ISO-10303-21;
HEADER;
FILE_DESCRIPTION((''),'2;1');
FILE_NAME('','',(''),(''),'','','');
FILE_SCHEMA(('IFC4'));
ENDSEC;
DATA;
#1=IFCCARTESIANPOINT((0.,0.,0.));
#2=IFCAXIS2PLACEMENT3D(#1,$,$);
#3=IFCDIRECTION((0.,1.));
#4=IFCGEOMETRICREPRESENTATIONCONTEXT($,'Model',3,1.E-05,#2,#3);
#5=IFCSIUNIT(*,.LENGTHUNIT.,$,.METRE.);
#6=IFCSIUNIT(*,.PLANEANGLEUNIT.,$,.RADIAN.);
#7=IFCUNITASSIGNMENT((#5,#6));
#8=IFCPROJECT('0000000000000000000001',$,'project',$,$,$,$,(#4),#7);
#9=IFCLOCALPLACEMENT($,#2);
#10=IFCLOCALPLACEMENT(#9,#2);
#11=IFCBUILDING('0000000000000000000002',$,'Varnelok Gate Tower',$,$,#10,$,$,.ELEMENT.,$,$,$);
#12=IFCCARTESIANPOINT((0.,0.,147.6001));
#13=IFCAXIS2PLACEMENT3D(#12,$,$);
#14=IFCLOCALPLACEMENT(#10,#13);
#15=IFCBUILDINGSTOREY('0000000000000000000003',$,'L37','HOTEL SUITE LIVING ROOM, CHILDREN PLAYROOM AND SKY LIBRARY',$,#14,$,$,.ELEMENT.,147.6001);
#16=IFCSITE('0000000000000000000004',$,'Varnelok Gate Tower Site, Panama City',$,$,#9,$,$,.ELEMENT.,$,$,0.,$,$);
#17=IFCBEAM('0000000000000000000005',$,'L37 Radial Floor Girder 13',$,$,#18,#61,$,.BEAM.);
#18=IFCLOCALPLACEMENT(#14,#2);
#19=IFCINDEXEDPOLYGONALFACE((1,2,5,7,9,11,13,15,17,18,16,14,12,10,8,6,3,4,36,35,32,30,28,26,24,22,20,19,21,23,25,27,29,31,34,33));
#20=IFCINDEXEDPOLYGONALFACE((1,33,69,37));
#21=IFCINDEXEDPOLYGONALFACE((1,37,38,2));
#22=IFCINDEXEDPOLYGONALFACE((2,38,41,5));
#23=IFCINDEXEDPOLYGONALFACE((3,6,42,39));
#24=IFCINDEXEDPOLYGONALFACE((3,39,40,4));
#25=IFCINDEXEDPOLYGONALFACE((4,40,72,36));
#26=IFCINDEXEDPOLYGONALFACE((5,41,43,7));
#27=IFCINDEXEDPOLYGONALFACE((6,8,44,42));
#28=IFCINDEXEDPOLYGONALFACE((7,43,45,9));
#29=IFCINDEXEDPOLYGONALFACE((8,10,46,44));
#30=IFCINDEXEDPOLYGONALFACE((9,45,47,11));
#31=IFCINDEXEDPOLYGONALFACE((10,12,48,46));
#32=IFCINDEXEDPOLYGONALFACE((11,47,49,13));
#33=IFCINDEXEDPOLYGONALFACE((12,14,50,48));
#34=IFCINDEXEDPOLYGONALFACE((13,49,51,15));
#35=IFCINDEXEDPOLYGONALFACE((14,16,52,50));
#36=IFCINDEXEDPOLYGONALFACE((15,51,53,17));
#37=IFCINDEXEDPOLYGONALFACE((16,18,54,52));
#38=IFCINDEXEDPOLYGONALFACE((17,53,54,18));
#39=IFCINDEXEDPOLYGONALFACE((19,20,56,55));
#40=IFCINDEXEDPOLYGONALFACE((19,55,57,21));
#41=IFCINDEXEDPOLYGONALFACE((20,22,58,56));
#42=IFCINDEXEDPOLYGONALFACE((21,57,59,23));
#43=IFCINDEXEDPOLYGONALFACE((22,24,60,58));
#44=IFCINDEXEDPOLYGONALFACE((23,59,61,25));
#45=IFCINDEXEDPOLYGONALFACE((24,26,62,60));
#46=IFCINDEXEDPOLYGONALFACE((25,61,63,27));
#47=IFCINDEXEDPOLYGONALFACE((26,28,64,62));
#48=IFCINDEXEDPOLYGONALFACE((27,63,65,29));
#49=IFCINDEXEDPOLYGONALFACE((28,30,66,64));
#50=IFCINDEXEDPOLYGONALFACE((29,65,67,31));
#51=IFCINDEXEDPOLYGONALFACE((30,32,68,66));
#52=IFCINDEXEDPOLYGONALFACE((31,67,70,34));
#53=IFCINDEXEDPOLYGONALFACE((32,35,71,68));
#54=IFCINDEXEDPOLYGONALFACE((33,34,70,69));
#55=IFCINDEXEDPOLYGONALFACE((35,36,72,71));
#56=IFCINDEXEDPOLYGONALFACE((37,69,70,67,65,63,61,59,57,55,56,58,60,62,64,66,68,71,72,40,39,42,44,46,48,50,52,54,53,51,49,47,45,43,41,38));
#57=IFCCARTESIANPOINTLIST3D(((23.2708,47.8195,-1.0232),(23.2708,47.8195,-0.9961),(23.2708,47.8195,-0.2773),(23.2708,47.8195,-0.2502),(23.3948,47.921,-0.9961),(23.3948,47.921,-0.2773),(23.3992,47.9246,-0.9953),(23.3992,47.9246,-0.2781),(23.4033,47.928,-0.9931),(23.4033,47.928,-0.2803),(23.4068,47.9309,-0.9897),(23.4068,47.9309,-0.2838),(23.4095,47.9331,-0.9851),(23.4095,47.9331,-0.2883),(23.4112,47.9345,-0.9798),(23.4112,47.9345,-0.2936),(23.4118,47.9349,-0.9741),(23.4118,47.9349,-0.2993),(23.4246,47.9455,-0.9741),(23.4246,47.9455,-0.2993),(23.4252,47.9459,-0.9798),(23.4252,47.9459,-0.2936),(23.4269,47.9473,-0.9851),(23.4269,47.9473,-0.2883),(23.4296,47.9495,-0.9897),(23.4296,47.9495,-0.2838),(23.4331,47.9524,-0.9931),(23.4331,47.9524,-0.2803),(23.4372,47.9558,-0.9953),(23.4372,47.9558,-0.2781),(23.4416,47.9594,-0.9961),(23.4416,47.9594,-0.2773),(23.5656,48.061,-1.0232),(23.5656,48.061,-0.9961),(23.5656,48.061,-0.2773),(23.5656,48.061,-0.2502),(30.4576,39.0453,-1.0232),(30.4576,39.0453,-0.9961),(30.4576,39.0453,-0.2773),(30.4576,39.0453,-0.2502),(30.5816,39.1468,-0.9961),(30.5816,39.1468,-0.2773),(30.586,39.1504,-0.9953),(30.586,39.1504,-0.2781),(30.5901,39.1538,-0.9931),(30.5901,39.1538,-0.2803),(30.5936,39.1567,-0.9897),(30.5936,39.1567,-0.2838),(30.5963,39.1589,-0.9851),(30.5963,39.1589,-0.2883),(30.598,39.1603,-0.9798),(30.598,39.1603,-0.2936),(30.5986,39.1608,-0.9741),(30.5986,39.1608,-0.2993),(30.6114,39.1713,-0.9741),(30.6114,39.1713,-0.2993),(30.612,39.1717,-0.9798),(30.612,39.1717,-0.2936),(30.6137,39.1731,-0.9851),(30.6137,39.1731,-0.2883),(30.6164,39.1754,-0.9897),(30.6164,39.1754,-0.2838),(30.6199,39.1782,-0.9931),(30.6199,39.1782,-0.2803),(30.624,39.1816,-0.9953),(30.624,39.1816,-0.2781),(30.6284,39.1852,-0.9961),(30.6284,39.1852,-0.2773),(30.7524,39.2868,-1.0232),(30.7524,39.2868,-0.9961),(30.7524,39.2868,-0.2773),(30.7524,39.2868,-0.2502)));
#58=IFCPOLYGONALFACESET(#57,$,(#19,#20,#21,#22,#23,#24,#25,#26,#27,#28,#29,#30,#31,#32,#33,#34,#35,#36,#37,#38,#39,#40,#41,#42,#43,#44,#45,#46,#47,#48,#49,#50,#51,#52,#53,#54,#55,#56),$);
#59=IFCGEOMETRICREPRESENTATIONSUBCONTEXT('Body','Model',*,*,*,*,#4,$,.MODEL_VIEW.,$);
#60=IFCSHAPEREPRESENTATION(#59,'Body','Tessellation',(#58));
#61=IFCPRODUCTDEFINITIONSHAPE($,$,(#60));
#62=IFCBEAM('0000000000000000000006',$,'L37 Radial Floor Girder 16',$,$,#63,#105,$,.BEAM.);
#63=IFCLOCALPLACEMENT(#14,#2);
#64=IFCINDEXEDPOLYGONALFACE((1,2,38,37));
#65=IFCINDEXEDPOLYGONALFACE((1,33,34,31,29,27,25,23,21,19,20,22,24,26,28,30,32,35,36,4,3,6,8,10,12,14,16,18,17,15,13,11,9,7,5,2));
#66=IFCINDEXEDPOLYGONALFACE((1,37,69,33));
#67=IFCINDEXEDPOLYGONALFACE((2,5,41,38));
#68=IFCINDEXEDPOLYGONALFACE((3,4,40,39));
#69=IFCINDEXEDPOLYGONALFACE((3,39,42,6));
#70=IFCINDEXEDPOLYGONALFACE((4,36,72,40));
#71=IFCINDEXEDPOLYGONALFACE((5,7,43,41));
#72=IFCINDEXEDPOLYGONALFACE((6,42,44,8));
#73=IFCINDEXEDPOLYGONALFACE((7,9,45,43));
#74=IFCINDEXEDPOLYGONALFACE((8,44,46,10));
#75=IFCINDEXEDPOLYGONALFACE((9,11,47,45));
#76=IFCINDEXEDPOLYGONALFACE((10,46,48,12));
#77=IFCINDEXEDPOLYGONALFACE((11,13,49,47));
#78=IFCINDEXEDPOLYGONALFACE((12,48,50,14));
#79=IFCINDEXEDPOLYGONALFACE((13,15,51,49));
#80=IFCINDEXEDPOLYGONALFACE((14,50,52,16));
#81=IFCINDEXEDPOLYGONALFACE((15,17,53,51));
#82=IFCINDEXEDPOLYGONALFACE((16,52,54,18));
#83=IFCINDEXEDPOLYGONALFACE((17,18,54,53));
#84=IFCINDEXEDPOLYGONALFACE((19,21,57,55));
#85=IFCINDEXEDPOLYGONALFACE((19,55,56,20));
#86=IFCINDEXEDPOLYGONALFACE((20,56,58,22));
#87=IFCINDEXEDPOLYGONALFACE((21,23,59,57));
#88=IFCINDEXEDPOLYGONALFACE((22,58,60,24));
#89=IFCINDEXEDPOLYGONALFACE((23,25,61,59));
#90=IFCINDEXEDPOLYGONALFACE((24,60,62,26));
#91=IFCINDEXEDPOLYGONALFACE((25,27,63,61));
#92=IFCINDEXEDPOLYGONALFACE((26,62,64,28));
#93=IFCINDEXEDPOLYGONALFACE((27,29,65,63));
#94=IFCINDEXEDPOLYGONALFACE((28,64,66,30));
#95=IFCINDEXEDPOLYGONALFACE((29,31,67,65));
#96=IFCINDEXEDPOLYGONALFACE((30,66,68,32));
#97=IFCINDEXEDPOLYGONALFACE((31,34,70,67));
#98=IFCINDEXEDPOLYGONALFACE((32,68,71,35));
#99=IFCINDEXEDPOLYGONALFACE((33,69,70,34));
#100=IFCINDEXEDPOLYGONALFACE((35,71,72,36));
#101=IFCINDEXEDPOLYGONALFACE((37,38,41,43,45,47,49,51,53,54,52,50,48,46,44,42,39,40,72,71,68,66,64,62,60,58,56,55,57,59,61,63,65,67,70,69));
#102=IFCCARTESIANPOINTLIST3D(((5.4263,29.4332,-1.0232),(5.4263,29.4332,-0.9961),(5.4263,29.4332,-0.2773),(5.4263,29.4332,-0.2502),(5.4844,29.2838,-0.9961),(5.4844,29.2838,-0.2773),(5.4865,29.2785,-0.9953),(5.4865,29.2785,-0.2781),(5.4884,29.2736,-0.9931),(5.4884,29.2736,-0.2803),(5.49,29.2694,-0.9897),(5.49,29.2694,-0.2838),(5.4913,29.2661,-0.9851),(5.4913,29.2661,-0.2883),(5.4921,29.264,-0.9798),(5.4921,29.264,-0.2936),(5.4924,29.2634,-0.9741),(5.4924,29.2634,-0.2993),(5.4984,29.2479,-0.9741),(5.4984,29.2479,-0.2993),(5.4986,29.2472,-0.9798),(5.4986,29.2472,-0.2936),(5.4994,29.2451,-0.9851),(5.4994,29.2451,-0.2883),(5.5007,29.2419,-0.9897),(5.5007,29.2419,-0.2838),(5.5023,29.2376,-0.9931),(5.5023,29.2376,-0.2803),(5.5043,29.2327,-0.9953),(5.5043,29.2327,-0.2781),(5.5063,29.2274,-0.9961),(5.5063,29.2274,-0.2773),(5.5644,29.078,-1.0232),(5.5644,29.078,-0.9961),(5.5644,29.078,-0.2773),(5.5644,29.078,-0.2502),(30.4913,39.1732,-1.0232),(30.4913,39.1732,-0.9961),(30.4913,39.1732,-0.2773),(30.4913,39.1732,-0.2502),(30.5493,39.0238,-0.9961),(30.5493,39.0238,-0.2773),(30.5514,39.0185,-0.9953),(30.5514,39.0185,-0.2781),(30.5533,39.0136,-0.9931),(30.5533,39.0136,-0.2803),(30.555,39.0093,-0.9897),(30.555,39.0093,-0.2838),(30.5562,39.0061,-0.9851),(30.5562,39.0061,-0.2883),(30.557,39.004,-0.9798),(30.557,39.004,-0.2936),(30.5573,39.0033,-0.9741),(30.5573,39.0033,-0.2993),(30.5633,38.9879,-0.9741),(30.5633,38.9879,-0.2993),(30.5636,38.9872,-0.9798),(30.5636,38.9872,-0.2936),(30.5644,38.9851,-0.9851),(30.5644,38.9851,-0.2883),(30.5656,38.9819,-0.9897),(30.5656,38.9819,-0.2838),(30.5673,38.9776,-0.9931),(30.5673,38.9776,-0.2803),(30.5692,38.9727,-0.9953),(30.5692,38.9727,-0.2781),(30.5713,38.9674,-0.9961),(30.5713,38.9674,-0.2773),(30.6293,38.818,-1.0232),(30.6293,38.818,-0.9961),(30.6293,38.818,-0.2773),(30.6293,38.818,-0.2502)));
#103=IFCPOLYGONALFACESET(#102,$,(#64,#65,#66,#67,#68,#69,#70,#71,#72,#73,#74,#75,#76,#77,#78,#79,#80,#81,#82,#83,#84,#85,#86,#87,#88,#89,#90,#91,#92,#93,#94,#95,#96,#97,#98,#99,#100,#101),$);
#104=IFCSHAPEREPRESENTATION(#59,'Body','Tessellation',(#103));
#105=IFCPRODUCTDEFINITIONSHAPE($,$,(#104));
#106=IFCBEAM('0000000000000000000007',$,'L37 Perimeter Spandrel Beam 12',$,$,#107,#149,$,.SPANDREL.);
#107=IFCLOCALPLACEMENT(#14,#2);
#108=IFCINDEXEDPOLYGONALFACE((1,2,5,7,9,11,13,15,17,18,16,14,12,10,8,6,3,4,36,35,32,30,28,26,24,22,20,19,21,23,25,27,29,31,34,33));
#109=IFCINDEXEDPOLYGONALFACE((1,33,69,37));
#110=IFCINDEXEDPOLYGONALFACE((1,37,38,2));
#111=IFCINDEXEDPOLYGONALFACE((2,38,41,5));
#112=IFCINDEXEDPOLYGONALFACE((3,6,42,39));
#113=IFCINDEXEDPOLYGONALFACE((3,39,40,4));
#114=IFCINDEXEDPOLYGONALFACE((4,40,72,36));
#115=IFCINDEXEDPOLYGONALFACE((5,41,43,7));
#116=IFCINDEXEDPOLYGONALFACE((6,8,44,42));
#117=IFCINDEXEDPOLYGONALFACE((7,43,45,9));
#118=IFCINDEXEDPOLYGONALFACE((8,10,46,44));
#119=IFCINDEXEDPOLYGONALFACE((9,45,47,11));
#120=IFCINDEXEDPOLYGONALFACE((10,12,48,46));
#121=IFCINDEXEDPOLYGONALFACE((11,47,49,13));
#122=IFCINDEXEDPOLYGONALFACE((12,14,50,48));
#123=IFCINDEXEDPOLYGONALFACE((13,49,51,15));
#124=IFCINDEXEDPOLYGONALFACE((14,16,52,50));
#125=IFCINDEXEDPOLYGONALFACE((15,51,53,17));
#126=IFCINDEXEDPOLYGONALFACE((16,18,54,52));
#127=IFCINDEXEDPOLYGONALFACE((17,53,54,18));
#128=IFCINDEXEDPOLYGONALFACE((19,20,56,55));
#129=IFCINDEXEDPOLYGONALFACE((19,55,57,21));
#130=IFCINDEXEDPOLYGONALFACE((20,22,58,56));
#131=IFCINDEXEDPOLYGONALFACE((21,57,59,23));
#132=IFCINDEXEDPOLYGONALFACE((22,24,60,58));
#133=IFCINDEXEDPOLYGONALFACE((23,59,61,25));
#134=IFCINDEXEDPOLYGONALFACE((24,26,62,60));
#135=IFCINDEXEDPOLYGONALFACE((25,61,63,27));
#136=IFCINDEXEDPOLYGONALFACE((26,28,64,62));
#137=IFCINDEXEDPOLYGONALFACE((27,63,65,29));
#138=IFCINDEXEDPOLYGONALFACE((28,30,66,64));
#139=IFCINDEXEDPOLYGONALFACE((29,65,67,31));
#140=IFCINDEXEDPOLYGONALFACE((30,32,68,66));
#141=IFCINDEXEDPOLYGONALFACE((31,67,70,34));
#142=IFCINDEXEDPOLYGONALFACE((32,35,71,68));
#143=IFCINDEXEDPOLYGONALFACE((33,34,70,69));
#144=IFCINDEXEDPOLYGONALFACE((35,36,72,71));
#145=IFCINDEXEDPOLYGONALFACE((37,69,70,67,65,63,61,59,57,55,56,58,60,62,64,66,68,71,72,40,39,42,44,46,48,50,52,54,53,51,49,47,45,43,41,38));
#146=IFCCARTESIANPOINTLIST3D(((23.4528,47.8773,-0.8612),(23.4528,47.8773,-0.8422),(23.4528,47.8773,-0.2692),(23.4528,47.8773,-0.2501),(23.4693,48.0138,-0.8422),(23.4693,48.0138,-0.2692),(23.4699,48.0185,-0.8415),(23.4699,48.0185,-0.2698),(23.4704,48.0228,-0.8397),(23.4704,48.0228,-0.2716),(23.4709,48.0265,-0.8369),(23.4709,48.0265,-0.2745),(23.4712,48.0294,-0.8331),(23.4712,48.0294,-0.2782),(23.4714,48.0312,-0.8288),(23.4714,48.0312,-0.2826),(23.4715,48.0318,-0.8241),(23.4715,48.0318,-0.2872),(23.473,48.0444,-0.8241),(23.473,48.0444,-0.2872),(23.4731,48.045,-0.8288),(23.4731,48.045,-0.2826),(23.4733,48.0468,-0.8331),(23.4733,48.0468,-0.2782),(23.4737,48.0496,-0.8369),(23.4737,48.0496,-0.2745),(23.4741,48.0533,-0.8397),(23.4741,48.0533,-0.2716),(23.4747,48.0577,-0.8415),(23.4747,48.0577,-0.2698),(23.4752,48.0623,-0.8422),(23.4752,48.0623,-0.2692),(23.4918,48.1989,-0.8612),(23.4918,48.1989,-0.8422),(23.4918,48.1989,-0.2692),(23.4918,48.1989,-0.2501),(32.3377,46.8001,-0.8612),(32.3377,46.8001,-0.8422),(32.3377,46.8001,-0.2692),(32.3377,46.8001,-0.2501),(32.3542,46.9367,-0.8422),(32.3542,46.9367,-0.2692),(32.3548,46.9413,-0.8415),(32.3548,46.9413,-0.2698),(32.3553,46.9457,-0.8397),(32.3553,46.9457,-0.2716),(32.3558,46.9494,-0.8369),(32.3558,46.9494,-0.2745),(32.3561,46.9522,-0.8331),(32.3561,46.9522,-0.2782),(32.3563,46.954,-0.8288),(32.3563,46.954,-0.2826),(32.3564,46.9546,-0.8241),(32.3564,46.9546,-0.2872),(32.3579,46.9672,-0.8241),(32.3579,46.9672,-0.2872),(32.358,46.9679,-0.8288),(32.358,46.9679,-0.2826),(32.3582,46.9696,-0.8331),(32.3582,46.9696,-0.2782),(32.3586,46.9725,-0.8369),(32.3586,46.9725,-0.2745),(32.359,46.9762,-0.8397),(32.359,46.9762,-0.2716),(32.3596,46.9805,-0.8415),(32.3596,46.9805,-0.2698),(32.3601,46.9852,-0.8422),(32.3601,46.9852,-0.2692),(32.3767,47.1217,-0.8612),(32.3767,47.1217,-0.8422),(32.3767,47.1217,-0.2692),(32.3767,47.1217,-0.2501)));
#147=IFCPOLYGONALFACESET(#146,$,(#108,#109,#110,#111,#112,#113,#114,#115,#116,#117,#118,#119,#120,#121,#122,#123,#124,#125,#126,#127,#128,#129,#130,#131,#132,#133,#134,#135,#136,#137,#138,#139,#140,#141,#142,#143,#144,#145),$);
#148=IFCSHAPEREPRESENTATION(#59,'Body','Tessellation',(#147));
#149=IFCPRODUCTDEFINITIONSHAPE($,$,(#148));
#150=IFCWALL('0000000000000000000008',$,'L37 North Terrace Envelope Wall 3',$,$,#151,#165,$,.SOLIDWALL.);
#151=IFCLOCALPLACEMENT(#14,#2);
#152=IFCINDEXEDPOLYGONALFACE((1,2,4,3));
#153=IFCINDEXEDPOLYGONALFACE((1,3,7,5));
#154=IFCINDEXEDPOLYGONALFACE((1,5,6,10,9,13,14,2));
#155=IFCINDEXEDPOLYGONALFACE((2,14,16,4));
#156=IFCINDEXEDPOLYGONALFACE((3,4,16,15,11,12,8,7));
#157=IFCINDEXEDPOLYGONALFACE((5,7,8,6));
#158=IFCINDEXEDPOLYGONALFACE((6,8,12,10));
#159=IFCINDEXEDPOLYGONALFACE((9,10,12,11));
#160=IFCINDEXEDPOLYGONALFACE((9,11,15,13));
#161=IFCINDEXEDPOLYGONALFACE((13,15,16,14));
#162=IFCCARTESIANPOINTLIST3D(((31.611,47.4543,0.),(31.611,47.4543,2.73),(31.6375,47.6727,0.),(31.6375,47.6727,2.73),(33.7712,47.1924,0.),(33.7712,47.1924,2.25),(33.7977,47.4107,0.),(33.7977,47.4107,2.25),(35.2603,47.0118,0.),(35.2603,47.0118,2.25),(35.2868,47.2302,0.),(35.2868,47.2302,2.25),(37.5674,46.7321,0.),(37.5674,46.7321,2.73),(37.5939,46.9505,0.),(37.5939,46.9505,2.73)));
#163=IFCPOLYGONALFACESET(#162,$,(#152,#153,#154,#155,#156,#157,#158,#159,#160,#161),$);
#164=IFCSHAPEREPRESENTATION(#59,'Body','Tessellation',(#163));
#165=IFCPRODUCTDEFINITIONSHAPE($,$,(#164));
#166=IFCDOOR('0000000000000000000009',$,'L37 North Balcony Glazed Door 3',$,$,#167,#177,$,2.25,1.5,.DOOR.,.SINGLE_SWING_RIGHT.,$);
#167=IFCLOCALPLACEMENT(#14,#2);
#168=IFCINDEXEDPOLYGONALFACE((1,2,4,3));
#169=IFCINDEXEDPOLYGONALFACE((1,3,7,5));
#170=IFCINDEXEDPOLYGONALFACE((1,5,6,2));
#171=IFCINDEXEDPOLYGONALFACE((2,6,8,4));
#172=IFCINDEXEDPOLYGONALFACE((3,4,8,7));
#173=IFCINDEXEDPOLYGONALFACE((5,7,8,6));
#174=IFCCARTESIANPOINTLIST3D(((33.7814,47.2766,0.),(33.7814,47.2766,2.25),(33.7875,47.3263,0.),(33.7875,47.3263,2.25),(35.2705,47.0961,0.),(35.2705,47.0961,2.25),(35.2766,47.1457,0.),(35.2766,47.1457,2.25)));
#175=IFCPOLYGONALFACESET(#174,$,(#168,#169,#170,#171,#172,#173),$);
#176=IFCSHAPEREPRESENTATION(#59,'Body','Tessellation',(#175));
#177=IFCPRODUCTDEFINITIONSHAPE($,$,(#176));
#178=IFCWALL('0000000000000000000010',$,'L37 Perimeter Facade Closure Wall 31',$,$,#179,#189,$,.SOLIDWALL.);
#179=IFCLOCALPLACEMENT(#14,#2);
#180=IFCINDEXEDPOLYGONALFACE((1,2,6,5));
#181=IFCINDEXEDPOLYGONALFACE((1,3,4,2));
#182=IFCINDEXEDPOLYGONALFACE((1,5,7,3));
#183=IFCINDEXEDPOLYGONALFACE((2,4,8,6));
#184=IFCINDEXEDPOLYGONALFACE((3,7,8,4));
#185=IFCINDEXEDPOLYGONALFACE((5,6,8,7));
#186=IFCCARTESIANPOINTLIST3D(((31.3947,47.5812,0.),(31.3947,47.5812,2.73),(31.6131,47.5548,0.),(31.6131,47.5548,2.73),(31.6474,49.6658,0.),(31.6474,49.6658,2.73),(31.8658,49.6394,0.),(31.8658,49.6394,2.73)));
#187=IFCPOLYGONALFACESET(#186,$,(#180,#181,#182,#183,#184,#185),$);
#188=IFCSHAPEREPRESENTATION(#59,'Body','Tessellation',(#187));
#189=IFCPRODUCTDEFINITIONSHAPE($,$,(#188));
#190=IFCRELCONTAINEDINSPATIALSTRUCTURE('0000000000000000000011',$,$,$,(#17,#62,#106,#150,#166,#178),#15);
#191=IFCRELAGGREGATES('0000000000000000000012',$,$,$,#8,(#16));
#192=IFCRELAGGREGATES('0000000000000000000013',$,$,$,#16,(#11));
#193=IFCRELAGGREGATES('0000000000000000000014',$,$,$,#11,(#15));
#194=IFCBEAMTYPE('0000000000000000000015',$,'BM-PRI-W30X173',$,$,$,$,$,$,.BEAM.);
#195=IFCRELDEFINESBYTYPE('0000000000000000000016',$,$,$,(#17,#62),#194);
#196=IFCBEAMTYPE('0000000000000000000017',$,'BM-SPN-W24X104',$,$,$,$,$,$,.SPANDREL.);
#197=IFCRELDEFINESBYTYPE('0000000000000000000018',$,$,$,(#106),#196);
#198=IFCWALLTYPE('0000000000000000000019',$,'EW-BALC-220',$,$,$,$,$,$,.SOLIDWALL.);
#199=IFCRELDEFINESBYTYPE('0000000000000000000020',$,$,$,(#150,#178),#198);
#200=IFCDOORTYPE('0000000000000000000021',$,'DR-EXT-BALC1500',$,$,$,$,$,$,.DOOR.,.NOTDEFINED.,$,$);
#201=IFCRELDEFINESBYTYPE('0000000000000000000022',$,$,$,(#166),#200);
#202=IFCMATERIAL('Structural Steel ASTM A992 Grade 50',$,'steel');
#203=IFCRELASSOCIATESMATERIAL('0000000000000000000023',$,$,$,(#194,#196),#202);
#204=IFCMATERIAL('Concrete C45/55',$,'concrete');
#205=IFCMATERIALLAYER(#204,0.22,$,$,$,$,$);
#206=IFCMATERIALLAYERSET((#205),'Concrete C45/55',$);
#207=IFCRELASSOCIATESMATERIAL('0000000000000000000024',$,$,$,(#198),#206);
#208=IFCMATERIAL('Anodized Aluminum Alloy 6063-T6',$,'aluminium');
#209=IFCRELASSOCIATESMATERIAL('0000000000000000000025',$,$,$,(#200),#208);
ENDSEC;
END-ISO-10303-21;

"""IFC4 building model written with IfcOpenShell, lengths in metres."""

from ifc_helpers import new_model, si_unit, direction, frame, frame_2d, origin, origin_2d, place, context, subcontext, project, spatial, rectangle, i_section, extrude, material, layer, layer_set, material_profile, profile_set, type_object, element, fill, save


model = new_model("IFC4")

# Units and contexts
model_context = context("Model", 3, precision=1e-05, world=origin(), true_north=direction((0.0, 1.0)))
body_context = subcontext(model_context, "Body", "Model", "MODEL_VIEW")
ifc_project = project(units=[si_unit("LENGTHUNIT", "METRE"), si_unit("PLANEANGLEUNIT", "RADIAN")], contexts=[model_context])

# Site, building, storey
site_placement = place(None, origin())
site = spatial("IfcSite", under=ifc_project, at=site_placement, Name="Varnelok Gate Tower Site, Panama City", CompositionType="ELEMENT", RefElevation=0.0)
building_placement = place(site_placement, origin())
building = spatial("IfcBuilding", under=site, at=building_placement, Name="Varnelok Gate Tower", CompositionType="ELEMENT")
storey_placement = place(building_placement, frame((0.0, 0.0, 147.6001)))
storey = spatial("IfcBuildingStorey", under=building, at=storey_placement, Name="L37", Description="HOTEL SUITE LIVING ROOM, CHILDREN PLAYROOM AND SKY LIBRARY", CompositionType="ELEMENT", Elevation=147.6001)

# Shared definitions
ifc_material_1 = material(Name="Structural Steel ASTM A992 Grade 50", Category="steel")

# Beams
ifc_material_profile_1 = material_profile(ifc_material_1, i_section(OverallWidth=0.3811, OverallDepth=0.7729, WebThickness=0.0166, FlangeThickness=0.0271, FilletRadius=0.022, at=origin_2d()), Name="W30X173")
ifc_profile_set_1 = profile_set([ifc_material_profile_1], Name="Structural Steel ASTM A992 Grade 50")
beam_type_1 = type_object("IfcBeamType", Name="BM-PRI-W30X173", PredefinedType="BEAM", material=ifc_profile_set_1)
beam_1_placement = place(storey_placement, frame((30.605, 39.166, -0.6367), z_axis=(-0.633655, 0.773616, 0.0), x_axis=(-0.773616, -0.633655, 0.0)))
element("IfcBeam", 1, at=beam_1_placement, inside=storey, type_object=beam_type_1, Name="L37 Radial Floor Girder 13", PredefinedType="BEAM", context=body_context, shape_type="SweptSolid", body=[
    extrude(i_section(OverallWidth=0.3811, OverallDepth=0.7729, WebThickness=0.0166, FlangeThickness=0.0271, FilletRadius=0.022, at=origin_2d()), origin(), (0.0, 0.0, 1.0), 11.3418),
])
beam_2_placement = place(storey_placement, frame((30.5603, 38.9956, -0.6367), z_axis=(-0.932099, -0.362204, 0.0), x_axis=(0.362204, -0.932099, 0.0)))
element("IfcBeam", 2, at=beam_2_placement, inside=storey, type_object=beam_type_1, Name="L37 Radial Floor Girder 16", PredefinedType="BEAM", context=body_context, shape_type="SweptSolid", body=[
    extrude(i_section(OverallWidth=0.3811, OverallDepth=0.7729, WebThickness=0.0166, FlangeThickness=0.0271, FilletRadius=0.022, at=origin_2d()), origin(), (0.0, 0.0, 1.0), 26.8909),
])
ifc_material_profile_2 = material_profile(ifc_material_1, i_section(OverallWidth=0.324, OverallDepth=0.6111, WebThickness=0.0127, FlangeThickness=0.019, FilletRadius=0.0181, at=origin_2d()), Name="W24X104")
ifc_profile_set_2 = profile_set([ifc_material_profile_2], Name="Structural Steel ASTM A992 Grade 50")
beam_type_2 = type_object("IfcBeamType", Name="BM-SPN-W24X104", PredefinedType="SPANDREL", material=ifc_profile_set_2)
beam_3_placement = place(storey_placement, frame((32.3572, 46.9609, -0.5557), z_axis=(-0.992731, 0.120351, 0.0), x_axis=(-0.120351, -0.992731, 0.0)))
element("IfcBeam", 3, at=beam_3_placement, inside=storey, type_object=beam_type_2, Name="L37 Perimeter Spandrel Beam 12", PredefinedType="SPANDREL", context=body_context, shape_type="SweptSolid", body=[
    extrude(i_section(OverallWidth=0.324, OverallDepth=0.6111, WebThickness=0.0127, FlangeThickness=0.019, FilletRadius=0.0181, at=origin_2d()), origin(), (0.0, 0.0, 1.0), 8.95),
])

# Wall, opening, door
ifc_material_2 = material(Name="Concrete C45/55", Category="concrete")
ifc_layer_1 = layer(ifc_material_2, 0.22)
ifc_layer_set_1 = layer_set([ifc_layer_1], Name="Concrete C45/55")
wall_type_1 = type_object("IfcWallType", Name="EW-BALC-220", PredefinedType="SOLIDWALL", material=ifc_layer_set_1)
wall_1_placement = place(storey_placement, frame((31.6243, 47.5635, 0.0), z_axis=(0.0, 0.0, 1.0), x_axis=(0.99273, -0.120363, 0.0)))
wall_1 = element("IfcWall", 4, at=wall_1_placement, inside=storey, type_object=wall_type_1, Name="L37 North Terrace Envelope Wall 3", PredefinedType="SOLIDWALL", context=body_context, shape_type="SweptSolid", body=[
    extrude(rectangle(XDim=6.0, YDim=0.22, at=frame_2d((3.0, 0.0))), origin(), (0.0, 0.0, 1.0), 2.73),
])
opening_1_placement = place(wall_1_placement, frame((2.176, 0.0, 0.0)))
opening_1 = element("IfcOpeningElement", 5, at=opening_1_placement, cuts=wall_1, PredefinedType="OPENING", context=body_context, shape_type="SweptSolid", body=[
    extrude(rectangle(XDim=1.5, YDim=2.25, at=frame_2d((0.75, 1.125))), frame((0.0, 0.1199, 0.0), z_axis=(0.0, -1.0, 0.0), x_axis=(1.0, 0.0, 0.0)), (0.0, 0.0, 1.0), 0.24),
])
ifc_material_3 = material(Name="Anodized Aluminum Alloy 6063-T6", Category="aluminium")
door_type_1 = type_object("IfcDoorType", Name="DR-EXT-BALC1500", OperationType="NOTDEFINED", PredefinedType="DOOR", material=ifc_material_3)
door_1_placement = place(opening_1_placement, origin())
door_1 = element("IfcDoor", 6, at=door_1_placement, inside=storey, type_object=door_type_1, Name="L37 North Balcony Glazed Door 3", OperationType="SINGLE_SWING_RIGHT", OverallHeight=2.25, OverallWidth=1.5, PredefinedType="DOOR", context=body_context, shape_type="SweptSolid", body=[
    extrude(rectangle(XDim=1.5, YDim=2.25, at=frame_2d((0.75, 1.125))), frame((0.0, 0.0249, 0.0), z_axis=(0.0, -1.0, 0.0), x_axis=(1.0, 0.0, 0.0)), (0.0, 0.0, 1.0), 0.05),
])
fill(opening_1, door_1)

# Wall
wall_2_placement = place(storey_placement, frame((31.5039, 47.5681, 0.0), z_axis=(0.0, 0.0, 1.0), x_axis=(0.120342, 0.992733, 0.0)))
element("IfcWall", 7, at=wall_2_placement, inside=storey, type_object=wall_type_1, Name="L37 Perimeter Facade Closure Wall 31", PredefinedType="SOLIDWALL", context=body_context, shape_type="SweptSolid", body=[
    extrude(rectangle(XDim=2.0999, YDim=0.22, at=frame_2d((1.0498, 0.0))), origin(), (0.0, 0.0, 1.0), 2.73),
])

save(model, "model.ifc")
